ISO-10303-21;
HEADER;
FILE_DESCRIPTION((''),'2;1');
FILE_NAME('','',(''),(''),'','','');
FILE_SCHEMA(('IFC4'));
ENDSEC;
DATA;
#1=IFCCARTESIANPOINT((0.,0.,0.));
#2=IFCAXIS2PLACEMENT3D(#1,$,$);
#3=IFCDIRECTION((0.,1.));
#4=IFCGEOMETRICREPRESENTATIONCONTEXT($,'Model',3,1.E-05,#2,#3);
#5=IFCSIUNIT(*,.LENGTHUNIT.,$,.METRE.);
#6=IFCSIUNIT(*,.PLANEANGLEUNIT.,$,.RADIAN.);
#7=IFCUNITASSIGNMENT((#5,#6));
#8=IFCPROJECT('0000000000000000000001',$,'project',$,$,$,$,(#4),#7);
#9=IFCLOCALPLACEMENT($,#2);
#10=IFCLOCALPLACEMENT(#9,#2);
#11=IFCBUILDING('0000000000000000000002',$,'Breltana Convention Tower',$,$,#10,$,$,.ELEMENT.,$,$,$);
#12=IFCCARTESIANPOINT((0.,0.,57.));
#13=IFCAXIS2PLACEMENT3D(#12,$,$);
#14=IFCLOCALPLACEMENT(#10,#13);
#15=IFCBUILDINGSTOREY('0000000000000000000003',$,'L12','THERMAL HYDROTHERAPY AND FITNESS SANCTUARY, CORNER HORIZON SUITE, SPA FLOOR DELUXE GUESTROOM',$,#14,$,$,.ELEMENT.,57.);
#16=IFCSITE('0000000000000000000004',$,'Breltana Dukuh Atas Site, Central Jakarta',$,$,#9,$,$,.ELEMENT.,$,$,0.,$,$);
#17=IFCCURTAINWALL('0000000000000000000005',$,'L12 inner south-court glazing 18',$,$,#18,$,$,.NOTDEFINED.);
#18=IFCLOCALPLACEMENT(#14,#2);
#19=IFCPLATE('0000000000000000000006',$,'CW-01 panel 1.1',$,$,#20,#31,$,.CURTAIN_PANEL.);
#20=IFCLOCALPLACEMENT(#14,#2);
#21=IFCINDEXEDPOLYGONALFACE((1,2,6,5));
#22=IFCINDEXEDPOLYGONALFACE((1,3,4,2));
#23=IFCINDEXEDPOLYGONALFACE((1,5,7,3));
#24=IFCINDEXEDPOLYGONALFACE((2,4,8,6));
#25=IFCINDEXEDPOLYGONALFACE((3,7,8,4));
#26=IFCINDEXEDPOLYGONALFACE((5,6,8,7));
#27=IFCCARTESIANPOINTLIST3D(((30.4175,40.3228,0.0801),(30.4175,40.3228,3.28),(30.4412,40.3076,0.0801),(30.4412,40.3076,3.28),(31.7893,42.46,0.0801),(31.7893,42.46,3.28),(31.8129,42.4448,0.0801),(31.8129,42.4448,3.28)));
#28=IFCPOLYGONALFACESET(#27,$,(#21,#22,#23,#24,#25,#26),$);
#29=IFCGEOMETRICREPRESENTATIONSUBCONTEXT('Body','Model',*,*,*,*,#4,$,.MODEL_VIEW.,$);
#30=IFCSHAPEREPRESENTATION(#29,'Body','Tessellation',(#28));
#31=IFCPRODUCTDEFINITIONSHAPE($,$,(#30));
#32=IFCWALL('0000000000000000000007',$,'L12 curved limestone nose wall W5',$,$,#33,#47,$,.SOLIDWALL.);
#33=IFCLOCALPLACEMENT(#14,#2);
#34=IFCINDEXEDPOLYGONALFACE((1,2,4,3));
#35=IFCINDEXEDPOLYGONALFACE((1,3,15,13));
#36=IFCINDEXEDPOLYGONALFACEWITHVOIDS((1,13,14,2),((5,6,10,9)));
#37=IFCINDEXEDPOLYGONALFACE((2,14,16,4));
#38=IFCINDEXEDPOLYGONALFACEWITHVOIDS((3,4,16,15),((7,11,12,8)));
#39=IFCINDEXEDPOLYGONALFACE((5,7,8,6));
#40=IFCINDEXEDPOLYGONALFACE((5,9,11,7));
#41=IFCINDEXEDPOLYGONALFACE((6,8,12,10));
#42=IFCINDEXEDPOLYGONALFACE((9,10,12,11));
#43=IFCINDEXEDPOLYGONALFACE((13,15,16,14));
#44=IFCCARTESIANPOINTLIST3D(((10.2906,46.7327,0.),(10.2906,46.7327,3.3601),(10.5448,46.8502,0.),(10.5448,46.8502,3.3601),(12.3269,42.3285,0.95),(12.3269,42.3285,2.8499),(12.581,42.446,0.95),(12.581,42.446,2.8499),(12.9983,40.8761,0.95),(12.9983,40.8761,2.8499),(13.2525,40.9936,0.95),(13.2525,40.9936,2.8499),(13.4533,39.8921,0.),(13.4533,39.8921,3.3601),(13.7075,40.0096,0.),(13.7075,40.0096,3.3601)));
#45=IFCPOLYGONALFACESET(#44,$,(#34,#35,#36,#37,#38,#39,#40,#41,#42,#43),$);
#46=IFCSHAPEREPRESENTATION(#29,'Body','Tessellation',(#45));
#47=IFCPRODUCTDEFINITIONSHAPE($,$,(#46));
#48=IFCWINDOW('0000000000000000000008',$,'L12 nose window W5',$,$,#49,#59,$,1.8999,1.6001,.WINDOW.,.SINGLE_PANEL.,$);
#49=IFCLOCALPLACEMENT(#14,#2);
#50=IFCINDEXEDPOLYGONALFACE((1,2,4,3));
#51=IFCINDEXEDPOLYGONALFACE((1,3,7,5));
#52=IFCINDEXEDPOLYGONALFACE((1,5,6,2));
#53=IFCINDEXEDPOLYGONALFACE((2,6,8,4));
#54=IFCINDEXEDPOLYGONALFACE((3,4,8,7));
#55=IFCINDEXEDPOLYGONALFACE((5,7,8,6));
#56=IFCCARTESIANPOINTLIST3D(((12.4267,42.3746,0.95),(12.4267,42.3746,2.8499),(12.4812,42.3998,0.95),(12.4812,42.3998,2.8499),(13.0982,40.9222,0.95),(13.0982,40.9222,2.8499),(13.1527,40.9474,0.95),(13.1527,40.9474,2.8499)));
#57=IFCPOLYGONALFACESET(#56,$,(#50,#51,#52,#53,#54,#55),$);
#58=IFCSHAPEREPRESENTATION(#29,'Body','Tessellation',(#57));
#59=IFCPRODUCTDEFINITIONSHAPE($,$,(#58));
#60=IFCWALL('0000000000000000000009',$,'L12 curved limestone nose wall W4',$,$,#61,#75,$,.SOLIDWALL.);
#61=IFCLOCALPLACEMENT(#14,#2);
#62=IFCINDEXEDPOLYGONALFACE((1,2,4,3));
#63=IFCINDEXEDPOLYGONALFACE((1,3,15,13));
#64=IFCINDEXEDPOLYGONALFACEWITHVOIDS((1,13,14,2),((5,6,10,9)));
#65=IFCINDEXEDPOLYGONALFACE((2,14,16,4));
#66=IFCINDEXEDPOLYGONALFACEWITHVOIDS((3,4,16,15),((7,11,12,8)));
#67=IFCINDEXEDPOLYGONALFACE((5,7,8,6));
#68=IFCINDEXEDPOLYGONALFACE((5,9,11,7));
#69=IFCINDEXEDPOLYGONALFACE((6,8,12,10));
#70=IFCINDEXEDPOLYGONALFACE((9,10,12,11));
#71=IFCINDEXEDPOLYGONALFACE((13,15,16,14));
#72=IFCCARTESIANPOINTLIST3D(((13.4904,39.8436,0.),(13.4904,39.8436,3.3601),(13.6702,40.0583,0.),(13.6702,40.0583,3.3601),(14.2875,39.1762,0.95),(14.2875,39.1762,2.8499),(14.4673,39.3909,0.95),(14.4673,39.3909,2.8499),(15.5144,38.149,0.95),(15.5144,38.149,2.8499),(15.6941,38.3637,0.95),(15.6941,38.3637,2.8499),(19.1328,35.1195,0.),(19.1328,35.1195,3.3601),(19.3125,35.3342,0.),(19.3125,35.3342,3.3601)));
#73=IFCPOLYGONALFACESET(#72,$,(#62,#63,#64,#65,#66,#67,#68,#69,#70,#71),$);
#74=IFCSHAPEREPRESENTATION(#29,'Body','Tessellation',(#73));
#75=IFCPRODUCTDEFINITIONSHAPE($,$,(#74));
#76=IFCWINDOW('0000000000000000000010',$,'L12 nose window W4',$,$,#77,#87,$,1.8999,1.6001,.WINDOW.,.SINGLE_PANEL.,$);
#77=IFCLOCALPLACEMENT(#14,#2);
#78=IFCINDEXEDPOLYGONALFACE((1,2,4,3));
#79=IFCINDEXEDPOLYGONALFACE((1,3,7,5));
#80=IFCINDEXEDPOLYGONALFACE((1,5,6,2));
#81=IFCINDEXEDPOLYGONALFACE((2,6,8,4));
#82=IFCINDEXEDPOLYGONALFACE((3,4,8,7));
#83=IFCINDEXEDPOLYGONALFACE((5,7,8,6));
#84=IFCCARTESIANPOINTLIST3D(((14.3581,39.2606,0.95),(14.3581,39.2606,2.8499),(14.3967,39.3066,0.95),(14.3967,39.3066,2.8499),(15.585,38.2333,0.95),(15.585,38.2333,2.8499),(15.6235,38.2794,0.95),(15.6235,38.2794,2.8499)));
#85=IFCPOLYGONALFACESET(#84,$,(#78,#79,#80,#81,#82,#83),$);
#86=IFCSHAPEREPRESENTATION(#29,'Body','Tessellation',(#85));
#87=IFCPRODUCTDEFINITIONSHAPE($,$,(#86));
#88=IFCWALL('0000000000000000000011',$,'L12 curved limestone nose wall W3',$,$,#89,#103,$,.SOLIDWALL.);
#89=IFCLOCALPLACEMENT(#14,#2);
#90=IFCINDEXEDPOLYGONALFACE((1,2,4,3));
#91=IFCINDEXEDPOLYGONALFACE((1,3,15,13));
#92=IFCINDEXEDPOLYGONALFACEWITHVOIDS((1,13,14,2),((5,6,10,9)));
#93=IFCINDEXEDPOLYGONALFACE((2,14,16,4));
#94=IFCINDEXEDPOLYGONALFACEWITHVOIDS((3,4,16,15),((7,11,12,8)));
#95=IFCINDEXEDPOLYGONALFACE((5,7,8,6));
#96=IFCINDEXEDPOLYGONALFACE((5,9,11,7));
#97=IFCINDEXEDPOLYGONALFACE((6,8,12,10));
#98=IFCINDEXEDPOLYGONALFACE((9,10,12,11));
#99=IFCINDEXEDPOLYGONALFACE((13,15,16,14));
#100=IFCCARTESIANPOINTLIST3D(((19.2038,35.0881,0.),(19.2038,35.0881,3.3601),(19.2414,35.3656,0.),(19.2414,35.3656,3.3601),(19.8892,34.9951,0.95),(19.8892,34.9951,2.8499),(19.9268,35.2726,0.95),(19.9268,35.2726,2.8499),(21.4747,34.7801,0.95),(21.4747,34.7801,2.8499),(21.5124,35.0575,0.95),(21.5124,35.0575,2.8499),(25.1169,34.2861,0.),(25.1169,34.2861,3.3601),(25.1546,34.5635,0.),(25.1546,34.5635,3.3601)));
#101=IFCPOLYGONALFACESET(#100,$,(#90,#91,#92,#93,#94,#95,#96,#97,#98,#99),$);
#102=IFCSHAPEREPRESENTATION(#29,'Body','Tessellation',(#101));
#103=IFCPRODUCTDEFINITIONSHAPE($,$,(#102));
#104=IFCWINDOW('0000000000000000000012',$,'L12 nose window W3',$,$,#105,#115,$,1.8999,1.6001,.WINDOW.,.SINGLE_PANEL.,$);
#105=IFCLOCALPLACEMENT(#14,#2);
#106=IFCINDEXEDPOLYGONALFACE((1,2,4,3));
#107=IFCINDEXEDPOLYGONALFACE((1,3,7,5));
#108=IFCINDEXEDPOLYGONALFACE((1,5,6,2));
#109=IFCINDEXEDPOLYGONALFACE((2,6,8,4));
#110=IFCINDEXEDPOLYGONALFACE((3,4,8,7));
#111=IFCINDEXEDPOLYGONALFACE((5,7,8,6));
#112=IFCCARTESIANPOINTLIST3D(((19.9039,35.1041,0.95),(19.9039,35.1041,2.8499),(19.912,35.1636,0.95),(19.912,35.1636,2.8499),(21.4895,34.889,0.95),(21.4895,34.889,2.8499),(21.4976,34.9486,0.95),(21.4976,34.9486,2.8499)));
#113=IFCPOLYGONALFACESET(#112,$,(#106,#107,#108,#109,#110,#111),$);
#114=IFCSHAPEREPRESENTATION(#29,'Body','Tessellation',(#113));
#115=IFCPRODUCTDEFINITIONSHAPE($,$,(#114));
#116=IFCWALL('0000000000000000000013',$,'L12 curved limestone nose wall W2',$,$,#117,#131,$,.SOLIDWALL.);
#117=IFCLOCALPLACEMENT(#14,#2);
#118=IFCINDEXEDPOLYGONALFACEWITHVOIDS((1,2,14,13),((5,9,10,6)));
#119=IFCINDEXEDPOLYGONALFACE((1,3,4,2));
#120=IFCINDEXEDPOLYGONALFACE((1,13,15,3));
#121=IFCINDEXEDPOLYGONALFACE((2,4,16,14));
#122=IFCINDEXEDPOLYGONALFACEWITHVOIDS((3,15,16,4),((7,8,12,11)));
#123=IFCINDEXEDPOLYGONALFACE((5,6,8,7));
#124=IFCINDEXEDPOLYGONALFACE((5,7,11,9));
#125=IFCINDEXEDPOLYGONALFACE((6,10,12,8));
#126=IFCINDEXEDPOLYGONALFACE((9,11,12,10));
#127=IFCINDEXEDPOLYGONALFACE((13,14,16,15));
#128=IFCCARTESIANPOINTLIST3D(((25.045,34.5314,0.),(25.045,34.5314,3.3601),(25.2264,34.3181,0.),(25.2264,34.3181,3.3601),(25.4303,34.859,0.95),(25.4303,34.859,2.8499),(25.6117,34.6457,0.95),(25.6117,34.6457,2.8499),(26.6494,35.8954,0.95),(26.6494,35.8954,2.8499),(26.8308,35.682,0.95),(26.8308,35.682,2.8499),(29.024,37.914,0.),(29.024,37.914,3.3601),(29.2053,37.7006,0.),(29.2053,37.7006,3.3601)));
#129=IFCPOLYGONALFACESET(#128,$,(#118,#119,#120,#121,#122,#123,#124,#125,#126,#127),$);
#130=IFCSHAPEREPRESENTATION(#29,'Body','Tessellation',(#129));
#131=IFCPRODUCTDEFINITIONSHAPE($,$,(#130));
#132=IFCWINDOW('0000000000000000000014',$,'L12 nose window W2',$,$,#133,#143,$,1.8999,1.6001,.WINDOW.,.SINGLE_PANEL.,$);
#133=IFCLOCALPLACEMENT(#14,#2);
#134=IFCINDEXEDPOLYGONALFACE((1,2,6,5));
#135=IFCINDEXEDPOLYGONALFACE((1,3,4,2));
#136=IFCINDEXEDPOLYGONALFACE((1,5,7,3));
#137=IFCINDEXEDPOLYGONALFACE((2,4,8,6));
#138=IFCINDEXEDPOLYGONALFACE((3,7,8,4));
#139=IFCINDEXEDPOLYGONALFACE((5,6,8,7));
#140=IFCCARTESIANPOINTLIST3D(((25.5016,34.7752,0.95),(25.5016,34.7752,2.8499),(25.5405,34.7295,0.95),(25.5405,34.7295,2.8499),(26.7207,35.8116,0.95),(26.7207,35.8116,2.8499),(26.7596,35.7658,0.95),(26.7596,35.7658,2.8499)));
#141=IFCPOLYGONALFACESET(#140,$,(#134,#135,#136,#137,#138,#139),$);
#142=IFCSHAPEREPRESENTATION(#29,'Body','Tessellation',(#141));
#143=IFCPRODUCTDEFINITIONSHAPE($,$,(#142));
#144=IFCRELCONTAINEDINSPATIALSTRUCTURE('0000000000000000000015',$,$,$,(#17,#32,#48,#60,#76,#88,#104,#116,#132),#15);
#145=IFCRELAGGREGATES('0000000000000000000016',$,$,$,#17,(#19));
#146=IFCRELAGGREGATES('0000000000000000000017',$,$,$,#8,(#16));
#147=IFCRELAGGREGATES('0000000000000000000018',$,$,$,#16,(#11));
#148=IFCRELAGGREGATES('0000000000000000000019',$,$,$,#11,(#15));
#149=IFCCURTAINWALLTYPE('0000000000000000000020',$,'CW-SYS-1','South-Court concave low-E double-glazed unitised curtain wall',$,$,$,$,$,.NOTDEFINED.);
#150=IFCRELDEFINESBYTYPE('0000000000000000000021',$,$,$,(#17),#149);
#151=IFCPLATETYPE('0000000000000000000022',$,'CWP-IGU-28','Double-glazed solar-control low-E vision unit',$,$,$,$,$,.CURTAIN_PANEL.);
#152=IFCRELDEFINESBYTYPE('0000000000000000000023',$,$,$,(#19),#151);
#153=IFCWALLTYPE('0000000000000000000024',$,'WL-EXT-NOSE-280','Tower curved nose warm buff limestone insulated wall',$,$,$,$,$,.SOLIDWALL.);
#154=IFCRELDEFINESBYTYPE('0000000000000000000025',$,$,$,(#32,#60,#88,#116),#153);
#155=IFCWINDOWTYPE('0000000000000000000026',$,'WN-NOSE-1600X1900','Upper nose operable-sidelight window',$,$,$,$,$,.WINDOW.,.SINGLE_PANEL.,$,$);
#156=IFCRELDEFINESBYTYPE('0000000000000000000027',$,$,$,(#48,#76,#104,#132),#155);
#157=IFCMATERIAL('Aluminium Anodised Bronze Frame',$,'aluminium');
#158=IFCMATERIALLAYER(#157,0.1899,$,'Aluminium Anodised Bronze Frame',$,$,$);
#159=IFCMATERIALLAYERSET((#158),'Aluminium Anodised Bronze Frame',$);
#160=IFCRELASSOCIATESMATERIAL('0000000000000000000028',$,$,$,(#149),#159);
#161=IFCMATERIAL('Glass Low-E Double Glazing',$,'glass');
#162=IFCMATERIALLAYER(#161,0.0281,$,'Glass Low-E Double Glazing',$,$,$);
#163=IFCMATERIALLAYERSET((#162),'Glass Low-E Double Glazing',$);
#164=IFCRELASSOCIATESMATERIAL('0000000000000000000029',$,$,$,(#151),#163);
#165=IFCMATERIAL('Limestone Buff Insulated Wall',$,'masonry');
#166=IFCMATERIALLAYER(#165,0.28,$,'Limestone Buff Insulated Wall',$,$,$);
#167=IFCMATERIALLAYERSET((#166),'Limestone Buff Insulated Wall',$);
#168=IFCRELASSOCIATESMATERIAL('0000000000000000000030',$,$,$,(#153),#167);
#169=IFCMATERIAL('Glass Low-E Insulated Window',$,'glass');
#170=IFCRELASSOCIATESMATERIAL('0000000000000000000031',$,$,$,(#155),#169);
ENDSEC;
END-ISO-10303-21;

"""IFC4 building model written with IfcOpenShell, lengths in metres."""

from ifc_helpers import new_model, si_unit, direction, frame, frame_2d, origin, origin_2d, place, context, subcontext, project, spatial, rectangle, extrude, source, transform, mapped, material, layer, layer_set, type_object, type_shapes, element, fill, aggregate, save


model = new_model("IFC4")

# Units and contexts
model_context = context("Model", 3, precision=1e-05, world=origin(), true_north=direction((0.0, 1.0)))
body_context = subcontext(model_context, "Body", "Model", "MODEL_VIEW")
ifc_project = project(units=[si_unit("LENGTHUNIT", "METRE"), si_unit("PLANEANGLEUNIT", "RADIAN")], contexts=[model_context])

# Site, building, storey
site_placement = place(None, origin())
site = spatial("IfcSite", under=ifc_project, at=site_placement, Name="Breltana Dukuh Atas Site, Central Jakarta", CompositionType="ELEMENT", RefElevation=0.0)
building_placement = place(site_placement, origin())
building = spatial("IfcBuilding", under=site, at=building_placement, Name="Breltana Convention Tower", CompositionType="ELEMENT")
storey_placement = place(building_placement, frame((0.0, 0.0, 57.0)))
storey = spatial("IfcBuildingStorey", under=building, at=storey_placement, Name="L12", Description="THERMAL HYDROTHERAPY AND FITNESS SANCTUARY, CORNER HORIZON SUITE, SPA FLOOR DELUXE GUESTROOM", CompositionType="ELEMENT", Elevation=57.0)

# Curtain wall
ifc_material_1 = material(Name="Aluminium Anodised Bronze Frame", Category="aluminium")
ifc_layer_1 = layer(ifc_material_1, 0.1899, Name="Aluminium Anodised Bronze Frame")
ifc_layer_set_1 = layer_set([ifc_layer_1], Name="Aluminium Anodised Bronze Frame")
curtain_wall_type = type_object("IfcCurtainWallType", Name="CW-SYS-1", Description="South-Court concave low-E double-glazed unitised curtain wall", PredefinedType="NOTDEFINED", material=ifc_layer_set_1)
curtain_wall_1_placement = place(storey_placement, origin())
curtain_wall_1 = element("IfcCurtainWall", 1, at=curtain_wall_1_placement, inside=storey, type_object=curtain_wall_type, Name="L12 inner south-court glazing 18", PredefinedType="NOTDEFINED")

# Plate
ifc_material_2 = material(Name="Glass Low-E Double Glazing", Category="glass")
ifc_layer_2 = layer(ifc_material_2, 0.0281, Name="Glass Low-E Double Glazing")
ifc_layer_set_2 = layer_set([ifc_layer_2], Name="Glass Low-E Double Glazing")
plate_type = type_object("IfcPlateType", Name="CWP-IGU-28", Description="Double-glazed solar-control low-E vision unit", PredefinedType="CURTAIN_PANEL", material=ifc_layer_set_2)
shared_shape_1 = source(origin(), body_context, "Body", "SweptSolid", [
    extrude(rectangle(XDim=2.5396, YDim=0.0281, at=origin_2d()), origin(), (0.0, 0.0, 1.0), 3.2),
])
plate_1_placement = place(storey_placement, frame((31.1152, 41.3838, 0.0801), z_axis=(0.0, 0.0, 1.0), x_axis=(-0.54017, -0.841556, 0.0)))
plate_1 = element("IfcPlate", 2, at=plate_1_placement, type_object=plate_type, Name="CW-01 panel 1.1", PredefinedType="CURTAIN_PANEL", context=body_context, shape_type="MappedRepresentation", body=[
    mapped(shared_shape_1, transform((0.0, 0.0, 0.0), scale=1.0)),
])
aggregate(curtain_wall_1, [plate_1])

# Walls, openings, windows
ifc_material_3 = material(Name="Limestone Buff Insulated Wall", Category="masonry")
ifc_layer_3 = layer(ifc_material_3, 0.28, Name="Limestone Buff Insulated Wall")
ifc_layer_set_3 = layer_set([ifc_layer_3], Name="Limestone Buff Insulated Wall")
wall_type = type_object("IfcWallType", Name="WL-EXT-NOSE-280", Description="Tower curved nose warm buff limestone insulated wall", PredefinedType="SOLIDWALL", material=ifc_layer_set_3)
shared_shape_2 = source(origin(), body_context, "Body", "SweptSolid", [
    extrude(rectangle(XDim=7.5364, YDim=0.28, at=frame_2d((3.7681, 0.0))), origin(), (0.0, 0.0, 1.0), 3.3601),
])
wall_1_placement = place(storey_placement, frame((13.5803, 39.9509, 0.0), z_axis=(0.0, 0.0, 1.0), x_axis=(-0.41965, 0.907686, 0.0)))
wall_1 = element("IfcWall", 3, at=wall_1_placement, inside=storey, type_object=wall_type, Name="L12 curved limestone nose wall W5", PredefinedType="SOLIDWALL", context=body_context, shape_type="MappedRepresentation", body=[
    mapped(shared_shape_2, transform((0.0, 0.0, 0.0), scale=1.0)),
])
opening_1_placement = place(wall_1_placement, frame((1.084, 0.0, 0.95)))
opening_1 = element("IfcOpeningElement", 4, at=opening_1_placement, cuts=wall_1, PredefinedType="OPENING", context=body_context, shape_type="SweptSolid", body=[
    extrude(rectangle(XDim=1.6001, YDim=1.8999, at=frame_2d((0.8, 0.95))), frame((0.0, 0.1499, 0.0), z_axis=(0.0, -1.0, 0.0), x_axis=(1.0, 0.0, 0.0)), (0.0, 0.0, 1.0), 0.3),
])
ifc_material_4 = material(Name="Glass Low-E Insulated Window", Category="glass")
window_type = type_object("IfcWindowType", Name="WN-NOSE-1600X1900", Description="Upper nose operable-sidelight window", PartitioningType="SINGLE_PANEL", PredefinedType="WINDOW", material=ifc_material_4)
shared_shape_3 = source(origin(), body_context, "Body", "SweptSolid", [
    extrude(rectangle(XDim=1.6001, YDim=1.8999, at=frame_2d((0.8, 0.95))), frame((0.0, 0.03, 0.0), z_axis=(0.0, -1.0, 0.0), x_axis=(1.0, 0.0, 0.0)), (0.0, 0.0, 1.0), 0.0601),
])
type_shapes(window_type, [shared_shape_3])
window_1_placement = place(opening_1_placement, origin())
window_1 = element("IfcWindow", 5, at=window_1_placement, inside=storey, type_object=window_type, Name="L12 nose window W5", OverallHeight=1.8999, OverallWidth=1.6001, PartitioningType="SINGLE_PANEL", PredefinedType="WINDOW", context=body_context, shape_type="MappedRepresentation", body=[
    mapped(shared_shape_3, transform((0.0, 0.0, 0.0), scale=1.0)),
])
fill(opening_1, window_1)
shared_shape_4 = source(origin(), body_context, "Body", "SweptSolid", [
    extrude(rectangle(XDim=7.3589, YDim=0.28, at=frame_2d((3.6794, 0.0))), origin(), (0.0, 0.0, 1.0), 3.3601),
])
wall_2_placement = place(storey_placement, frame((19.2227, 35.2268, 0.0), z_axis=(0.0, 0.0, 1.0), x_axis=(-0.766737, 0.641961, 0.0)))
wall_2 = element("IfcWall", 6, at=wall_2_placement, inside=storey, type_object=wall_type, Name="L12 curved limestone nose wall W4", PredefinedType="SOLIDWALL", context=body_context, shape_type="MappedRepresentation", body=[
    mapped(shared_shape_4, transform((0.0, 0.0, 0.0), scale=1.0)),
])
opening_2_placement = place(wall_2_placement, frame((4.7192, 0.0, 0.95)))
opening_2 = element("IfcOpeningElement", 7, at=opening_2_placement, cuts=wall_2, PredefinedType="OPENING", context=body_context, shape_type="SweptSolid", body=[
    extrude(rectangle(XDim=1.6001, YDim=1.8999, at=frame_2d((0.8, 0.95))), frame((0.0, 0.1499, 0.0), z_axis=(0.0, -1.0, 0.0), x_axis=(1.0, 0.0, 0.0)), (0.0, 0.0, 1.0), 0.3),
])
window_2_placement = place(opening_2_placement, origin())
window_2 = element("IfcWindow", 8, at=window_2_placement, inside=storey, type_object=window_type, Name="L12 nose window W4", OverallHeight=1.8999, OverallWidth=1.6001, PartitioningType="SINGLE_PANEL", PredefinedType="WINDOW", context=body_context, shape_type="MappedRepresentation", body=[
    mapped(shared_shape_3, transform((0.0, 0.0, 0.0), scale=1.0)),
])
fill(opening_2, window_2)
shared_shape_5 = source(origin(), body_context, "Body", "SweptSolid", [
    extrude(rectangle(XDim=5.9673, YDim=0.28, at=frame_2d((2.9836, 0.0))), origin(), (0.0, 0.0, 1.0), 3.3601),
])
wall_3_placement = place(storey_placement, frame((25.1357, 34.4248, 0.0), z_axis=(0.0, 0.0, 1.0), x_axis=(-0.990927, 0.134401, 0.0)))
wall_3 = element("IfcWall", 9, at=wall_3_placement, inside=storey, type_object=wall_type, Name="L12 curved limestone nose wall W3", PredefinedType="SOLIDWALL", context=body_context, shape_type="MappedRepresentation", body=[
    mapped(shared_shape_5, transform((0.0, 0.0, 0.0), scale=1.0)),
])
opening_3_placement = place(wall_3_placement, frame((3.6755, 0.0, 0.95)))
opening_3 = element("IfcOpeningElement", 10, at=opening_3_placement, cuts=wall_3, PredefinedType="OPENING", context=body_context, shape_type="SweptSolid", body=[
    extrude(rectangle(XDim=1.6001, YDim=1.8999, at=frame_2d((0.8, 0.95))), frame((0.0, 0.1499, 0.0), z_axis=(0.0, -1.0, 0.0), x_axis=(1.0, 0.0, 0.0)), (0.0, 0.0, 1.0), 0.3),
])
window_3_placement = place(opening_3_placement, origin())
window_3 = element("IfcWindow", 11, at=window_3_placement, inside=storey, type_object=window_type, Name="L12 nose window W3", OverallHeight=1.8999, OverallWidth=1.6001, PartitioningType="SINGLE_PANEL", PredefinedType="WINDOW", context=body_context, shape_type="MappedRepresentation", body=[
    mapped(shared_shape_3, transform((0.0, 0.0, 0.0), scale=1.0)),
])
fill(opening_3, window_3)
shared_shape_6 = source(origin(), body_context, "Body", "SweptSolid", [
    extrude(rectangle(XDim=5.2224, YDim=0.28, at=frame_2d((2.6113, 0.0))), origin(), (0.0, 0.0, 1.0), 3.3601),
])
wall_4_placement = place(storey_placement, frame((29.1147, 37.8074, 0.0), z_axis=(0.0, 0.0, 1.0), x_axis=(-0.7619, -0.647695, 0.0)))
wall_4 = element("IfcWall", 12, at=wall_4_placement, inside=storey, type_object=wall_type, Name="L12 curved limestone nose wall W2", PredefinedType="SOLIDWALL", context=body_context, shape_type="MappedRepresentation", body=[
    mapped(shared_shape_6, transform((0.0, 0.0, 0.0), scale=1.0)),
])
opening_4_placement = place(wall_4_placement, frame((3.1167, 0.0, 0.95)))
opening_4 = element("IfcOpeningElement", 13, at=opening_4_placement, cuts=wall_4, PredefinedType="OPENING", context=body_context, shape_type="SweptSolid", body=[
    extrude(rectangle(XDim=1.6001, YDim=1.8999, at=frame_2d((0.8, 0.95))), frame((0.0, 0.1499, 0.0), z_axis=(0.0, -1.0, 0.0), x_axis=(1.0, 0.0, 0.0)), (0.0, 0.0, 1.0), 0.3),
])
window_4_placement = place(opening_4_placement, origin())
window_4 = element("IfcWindow", 14, at=window_4_placement, inside=storey, type_object=window_type, Name="L12 nose window W2", OverallHeight=1.8999, OverallWidth=1.6001, PartitioningType="SINGLE_PANEL", PredefinedType="WINDOW", context=body_context, shape_type="MappedRepresentation", body=[
    mapped(shared_shape_3, transform((0.0, 0.0, 0.0), scale=1.0)),
])
fill(opening_4, window_4)

save(model, "model.ifc")
